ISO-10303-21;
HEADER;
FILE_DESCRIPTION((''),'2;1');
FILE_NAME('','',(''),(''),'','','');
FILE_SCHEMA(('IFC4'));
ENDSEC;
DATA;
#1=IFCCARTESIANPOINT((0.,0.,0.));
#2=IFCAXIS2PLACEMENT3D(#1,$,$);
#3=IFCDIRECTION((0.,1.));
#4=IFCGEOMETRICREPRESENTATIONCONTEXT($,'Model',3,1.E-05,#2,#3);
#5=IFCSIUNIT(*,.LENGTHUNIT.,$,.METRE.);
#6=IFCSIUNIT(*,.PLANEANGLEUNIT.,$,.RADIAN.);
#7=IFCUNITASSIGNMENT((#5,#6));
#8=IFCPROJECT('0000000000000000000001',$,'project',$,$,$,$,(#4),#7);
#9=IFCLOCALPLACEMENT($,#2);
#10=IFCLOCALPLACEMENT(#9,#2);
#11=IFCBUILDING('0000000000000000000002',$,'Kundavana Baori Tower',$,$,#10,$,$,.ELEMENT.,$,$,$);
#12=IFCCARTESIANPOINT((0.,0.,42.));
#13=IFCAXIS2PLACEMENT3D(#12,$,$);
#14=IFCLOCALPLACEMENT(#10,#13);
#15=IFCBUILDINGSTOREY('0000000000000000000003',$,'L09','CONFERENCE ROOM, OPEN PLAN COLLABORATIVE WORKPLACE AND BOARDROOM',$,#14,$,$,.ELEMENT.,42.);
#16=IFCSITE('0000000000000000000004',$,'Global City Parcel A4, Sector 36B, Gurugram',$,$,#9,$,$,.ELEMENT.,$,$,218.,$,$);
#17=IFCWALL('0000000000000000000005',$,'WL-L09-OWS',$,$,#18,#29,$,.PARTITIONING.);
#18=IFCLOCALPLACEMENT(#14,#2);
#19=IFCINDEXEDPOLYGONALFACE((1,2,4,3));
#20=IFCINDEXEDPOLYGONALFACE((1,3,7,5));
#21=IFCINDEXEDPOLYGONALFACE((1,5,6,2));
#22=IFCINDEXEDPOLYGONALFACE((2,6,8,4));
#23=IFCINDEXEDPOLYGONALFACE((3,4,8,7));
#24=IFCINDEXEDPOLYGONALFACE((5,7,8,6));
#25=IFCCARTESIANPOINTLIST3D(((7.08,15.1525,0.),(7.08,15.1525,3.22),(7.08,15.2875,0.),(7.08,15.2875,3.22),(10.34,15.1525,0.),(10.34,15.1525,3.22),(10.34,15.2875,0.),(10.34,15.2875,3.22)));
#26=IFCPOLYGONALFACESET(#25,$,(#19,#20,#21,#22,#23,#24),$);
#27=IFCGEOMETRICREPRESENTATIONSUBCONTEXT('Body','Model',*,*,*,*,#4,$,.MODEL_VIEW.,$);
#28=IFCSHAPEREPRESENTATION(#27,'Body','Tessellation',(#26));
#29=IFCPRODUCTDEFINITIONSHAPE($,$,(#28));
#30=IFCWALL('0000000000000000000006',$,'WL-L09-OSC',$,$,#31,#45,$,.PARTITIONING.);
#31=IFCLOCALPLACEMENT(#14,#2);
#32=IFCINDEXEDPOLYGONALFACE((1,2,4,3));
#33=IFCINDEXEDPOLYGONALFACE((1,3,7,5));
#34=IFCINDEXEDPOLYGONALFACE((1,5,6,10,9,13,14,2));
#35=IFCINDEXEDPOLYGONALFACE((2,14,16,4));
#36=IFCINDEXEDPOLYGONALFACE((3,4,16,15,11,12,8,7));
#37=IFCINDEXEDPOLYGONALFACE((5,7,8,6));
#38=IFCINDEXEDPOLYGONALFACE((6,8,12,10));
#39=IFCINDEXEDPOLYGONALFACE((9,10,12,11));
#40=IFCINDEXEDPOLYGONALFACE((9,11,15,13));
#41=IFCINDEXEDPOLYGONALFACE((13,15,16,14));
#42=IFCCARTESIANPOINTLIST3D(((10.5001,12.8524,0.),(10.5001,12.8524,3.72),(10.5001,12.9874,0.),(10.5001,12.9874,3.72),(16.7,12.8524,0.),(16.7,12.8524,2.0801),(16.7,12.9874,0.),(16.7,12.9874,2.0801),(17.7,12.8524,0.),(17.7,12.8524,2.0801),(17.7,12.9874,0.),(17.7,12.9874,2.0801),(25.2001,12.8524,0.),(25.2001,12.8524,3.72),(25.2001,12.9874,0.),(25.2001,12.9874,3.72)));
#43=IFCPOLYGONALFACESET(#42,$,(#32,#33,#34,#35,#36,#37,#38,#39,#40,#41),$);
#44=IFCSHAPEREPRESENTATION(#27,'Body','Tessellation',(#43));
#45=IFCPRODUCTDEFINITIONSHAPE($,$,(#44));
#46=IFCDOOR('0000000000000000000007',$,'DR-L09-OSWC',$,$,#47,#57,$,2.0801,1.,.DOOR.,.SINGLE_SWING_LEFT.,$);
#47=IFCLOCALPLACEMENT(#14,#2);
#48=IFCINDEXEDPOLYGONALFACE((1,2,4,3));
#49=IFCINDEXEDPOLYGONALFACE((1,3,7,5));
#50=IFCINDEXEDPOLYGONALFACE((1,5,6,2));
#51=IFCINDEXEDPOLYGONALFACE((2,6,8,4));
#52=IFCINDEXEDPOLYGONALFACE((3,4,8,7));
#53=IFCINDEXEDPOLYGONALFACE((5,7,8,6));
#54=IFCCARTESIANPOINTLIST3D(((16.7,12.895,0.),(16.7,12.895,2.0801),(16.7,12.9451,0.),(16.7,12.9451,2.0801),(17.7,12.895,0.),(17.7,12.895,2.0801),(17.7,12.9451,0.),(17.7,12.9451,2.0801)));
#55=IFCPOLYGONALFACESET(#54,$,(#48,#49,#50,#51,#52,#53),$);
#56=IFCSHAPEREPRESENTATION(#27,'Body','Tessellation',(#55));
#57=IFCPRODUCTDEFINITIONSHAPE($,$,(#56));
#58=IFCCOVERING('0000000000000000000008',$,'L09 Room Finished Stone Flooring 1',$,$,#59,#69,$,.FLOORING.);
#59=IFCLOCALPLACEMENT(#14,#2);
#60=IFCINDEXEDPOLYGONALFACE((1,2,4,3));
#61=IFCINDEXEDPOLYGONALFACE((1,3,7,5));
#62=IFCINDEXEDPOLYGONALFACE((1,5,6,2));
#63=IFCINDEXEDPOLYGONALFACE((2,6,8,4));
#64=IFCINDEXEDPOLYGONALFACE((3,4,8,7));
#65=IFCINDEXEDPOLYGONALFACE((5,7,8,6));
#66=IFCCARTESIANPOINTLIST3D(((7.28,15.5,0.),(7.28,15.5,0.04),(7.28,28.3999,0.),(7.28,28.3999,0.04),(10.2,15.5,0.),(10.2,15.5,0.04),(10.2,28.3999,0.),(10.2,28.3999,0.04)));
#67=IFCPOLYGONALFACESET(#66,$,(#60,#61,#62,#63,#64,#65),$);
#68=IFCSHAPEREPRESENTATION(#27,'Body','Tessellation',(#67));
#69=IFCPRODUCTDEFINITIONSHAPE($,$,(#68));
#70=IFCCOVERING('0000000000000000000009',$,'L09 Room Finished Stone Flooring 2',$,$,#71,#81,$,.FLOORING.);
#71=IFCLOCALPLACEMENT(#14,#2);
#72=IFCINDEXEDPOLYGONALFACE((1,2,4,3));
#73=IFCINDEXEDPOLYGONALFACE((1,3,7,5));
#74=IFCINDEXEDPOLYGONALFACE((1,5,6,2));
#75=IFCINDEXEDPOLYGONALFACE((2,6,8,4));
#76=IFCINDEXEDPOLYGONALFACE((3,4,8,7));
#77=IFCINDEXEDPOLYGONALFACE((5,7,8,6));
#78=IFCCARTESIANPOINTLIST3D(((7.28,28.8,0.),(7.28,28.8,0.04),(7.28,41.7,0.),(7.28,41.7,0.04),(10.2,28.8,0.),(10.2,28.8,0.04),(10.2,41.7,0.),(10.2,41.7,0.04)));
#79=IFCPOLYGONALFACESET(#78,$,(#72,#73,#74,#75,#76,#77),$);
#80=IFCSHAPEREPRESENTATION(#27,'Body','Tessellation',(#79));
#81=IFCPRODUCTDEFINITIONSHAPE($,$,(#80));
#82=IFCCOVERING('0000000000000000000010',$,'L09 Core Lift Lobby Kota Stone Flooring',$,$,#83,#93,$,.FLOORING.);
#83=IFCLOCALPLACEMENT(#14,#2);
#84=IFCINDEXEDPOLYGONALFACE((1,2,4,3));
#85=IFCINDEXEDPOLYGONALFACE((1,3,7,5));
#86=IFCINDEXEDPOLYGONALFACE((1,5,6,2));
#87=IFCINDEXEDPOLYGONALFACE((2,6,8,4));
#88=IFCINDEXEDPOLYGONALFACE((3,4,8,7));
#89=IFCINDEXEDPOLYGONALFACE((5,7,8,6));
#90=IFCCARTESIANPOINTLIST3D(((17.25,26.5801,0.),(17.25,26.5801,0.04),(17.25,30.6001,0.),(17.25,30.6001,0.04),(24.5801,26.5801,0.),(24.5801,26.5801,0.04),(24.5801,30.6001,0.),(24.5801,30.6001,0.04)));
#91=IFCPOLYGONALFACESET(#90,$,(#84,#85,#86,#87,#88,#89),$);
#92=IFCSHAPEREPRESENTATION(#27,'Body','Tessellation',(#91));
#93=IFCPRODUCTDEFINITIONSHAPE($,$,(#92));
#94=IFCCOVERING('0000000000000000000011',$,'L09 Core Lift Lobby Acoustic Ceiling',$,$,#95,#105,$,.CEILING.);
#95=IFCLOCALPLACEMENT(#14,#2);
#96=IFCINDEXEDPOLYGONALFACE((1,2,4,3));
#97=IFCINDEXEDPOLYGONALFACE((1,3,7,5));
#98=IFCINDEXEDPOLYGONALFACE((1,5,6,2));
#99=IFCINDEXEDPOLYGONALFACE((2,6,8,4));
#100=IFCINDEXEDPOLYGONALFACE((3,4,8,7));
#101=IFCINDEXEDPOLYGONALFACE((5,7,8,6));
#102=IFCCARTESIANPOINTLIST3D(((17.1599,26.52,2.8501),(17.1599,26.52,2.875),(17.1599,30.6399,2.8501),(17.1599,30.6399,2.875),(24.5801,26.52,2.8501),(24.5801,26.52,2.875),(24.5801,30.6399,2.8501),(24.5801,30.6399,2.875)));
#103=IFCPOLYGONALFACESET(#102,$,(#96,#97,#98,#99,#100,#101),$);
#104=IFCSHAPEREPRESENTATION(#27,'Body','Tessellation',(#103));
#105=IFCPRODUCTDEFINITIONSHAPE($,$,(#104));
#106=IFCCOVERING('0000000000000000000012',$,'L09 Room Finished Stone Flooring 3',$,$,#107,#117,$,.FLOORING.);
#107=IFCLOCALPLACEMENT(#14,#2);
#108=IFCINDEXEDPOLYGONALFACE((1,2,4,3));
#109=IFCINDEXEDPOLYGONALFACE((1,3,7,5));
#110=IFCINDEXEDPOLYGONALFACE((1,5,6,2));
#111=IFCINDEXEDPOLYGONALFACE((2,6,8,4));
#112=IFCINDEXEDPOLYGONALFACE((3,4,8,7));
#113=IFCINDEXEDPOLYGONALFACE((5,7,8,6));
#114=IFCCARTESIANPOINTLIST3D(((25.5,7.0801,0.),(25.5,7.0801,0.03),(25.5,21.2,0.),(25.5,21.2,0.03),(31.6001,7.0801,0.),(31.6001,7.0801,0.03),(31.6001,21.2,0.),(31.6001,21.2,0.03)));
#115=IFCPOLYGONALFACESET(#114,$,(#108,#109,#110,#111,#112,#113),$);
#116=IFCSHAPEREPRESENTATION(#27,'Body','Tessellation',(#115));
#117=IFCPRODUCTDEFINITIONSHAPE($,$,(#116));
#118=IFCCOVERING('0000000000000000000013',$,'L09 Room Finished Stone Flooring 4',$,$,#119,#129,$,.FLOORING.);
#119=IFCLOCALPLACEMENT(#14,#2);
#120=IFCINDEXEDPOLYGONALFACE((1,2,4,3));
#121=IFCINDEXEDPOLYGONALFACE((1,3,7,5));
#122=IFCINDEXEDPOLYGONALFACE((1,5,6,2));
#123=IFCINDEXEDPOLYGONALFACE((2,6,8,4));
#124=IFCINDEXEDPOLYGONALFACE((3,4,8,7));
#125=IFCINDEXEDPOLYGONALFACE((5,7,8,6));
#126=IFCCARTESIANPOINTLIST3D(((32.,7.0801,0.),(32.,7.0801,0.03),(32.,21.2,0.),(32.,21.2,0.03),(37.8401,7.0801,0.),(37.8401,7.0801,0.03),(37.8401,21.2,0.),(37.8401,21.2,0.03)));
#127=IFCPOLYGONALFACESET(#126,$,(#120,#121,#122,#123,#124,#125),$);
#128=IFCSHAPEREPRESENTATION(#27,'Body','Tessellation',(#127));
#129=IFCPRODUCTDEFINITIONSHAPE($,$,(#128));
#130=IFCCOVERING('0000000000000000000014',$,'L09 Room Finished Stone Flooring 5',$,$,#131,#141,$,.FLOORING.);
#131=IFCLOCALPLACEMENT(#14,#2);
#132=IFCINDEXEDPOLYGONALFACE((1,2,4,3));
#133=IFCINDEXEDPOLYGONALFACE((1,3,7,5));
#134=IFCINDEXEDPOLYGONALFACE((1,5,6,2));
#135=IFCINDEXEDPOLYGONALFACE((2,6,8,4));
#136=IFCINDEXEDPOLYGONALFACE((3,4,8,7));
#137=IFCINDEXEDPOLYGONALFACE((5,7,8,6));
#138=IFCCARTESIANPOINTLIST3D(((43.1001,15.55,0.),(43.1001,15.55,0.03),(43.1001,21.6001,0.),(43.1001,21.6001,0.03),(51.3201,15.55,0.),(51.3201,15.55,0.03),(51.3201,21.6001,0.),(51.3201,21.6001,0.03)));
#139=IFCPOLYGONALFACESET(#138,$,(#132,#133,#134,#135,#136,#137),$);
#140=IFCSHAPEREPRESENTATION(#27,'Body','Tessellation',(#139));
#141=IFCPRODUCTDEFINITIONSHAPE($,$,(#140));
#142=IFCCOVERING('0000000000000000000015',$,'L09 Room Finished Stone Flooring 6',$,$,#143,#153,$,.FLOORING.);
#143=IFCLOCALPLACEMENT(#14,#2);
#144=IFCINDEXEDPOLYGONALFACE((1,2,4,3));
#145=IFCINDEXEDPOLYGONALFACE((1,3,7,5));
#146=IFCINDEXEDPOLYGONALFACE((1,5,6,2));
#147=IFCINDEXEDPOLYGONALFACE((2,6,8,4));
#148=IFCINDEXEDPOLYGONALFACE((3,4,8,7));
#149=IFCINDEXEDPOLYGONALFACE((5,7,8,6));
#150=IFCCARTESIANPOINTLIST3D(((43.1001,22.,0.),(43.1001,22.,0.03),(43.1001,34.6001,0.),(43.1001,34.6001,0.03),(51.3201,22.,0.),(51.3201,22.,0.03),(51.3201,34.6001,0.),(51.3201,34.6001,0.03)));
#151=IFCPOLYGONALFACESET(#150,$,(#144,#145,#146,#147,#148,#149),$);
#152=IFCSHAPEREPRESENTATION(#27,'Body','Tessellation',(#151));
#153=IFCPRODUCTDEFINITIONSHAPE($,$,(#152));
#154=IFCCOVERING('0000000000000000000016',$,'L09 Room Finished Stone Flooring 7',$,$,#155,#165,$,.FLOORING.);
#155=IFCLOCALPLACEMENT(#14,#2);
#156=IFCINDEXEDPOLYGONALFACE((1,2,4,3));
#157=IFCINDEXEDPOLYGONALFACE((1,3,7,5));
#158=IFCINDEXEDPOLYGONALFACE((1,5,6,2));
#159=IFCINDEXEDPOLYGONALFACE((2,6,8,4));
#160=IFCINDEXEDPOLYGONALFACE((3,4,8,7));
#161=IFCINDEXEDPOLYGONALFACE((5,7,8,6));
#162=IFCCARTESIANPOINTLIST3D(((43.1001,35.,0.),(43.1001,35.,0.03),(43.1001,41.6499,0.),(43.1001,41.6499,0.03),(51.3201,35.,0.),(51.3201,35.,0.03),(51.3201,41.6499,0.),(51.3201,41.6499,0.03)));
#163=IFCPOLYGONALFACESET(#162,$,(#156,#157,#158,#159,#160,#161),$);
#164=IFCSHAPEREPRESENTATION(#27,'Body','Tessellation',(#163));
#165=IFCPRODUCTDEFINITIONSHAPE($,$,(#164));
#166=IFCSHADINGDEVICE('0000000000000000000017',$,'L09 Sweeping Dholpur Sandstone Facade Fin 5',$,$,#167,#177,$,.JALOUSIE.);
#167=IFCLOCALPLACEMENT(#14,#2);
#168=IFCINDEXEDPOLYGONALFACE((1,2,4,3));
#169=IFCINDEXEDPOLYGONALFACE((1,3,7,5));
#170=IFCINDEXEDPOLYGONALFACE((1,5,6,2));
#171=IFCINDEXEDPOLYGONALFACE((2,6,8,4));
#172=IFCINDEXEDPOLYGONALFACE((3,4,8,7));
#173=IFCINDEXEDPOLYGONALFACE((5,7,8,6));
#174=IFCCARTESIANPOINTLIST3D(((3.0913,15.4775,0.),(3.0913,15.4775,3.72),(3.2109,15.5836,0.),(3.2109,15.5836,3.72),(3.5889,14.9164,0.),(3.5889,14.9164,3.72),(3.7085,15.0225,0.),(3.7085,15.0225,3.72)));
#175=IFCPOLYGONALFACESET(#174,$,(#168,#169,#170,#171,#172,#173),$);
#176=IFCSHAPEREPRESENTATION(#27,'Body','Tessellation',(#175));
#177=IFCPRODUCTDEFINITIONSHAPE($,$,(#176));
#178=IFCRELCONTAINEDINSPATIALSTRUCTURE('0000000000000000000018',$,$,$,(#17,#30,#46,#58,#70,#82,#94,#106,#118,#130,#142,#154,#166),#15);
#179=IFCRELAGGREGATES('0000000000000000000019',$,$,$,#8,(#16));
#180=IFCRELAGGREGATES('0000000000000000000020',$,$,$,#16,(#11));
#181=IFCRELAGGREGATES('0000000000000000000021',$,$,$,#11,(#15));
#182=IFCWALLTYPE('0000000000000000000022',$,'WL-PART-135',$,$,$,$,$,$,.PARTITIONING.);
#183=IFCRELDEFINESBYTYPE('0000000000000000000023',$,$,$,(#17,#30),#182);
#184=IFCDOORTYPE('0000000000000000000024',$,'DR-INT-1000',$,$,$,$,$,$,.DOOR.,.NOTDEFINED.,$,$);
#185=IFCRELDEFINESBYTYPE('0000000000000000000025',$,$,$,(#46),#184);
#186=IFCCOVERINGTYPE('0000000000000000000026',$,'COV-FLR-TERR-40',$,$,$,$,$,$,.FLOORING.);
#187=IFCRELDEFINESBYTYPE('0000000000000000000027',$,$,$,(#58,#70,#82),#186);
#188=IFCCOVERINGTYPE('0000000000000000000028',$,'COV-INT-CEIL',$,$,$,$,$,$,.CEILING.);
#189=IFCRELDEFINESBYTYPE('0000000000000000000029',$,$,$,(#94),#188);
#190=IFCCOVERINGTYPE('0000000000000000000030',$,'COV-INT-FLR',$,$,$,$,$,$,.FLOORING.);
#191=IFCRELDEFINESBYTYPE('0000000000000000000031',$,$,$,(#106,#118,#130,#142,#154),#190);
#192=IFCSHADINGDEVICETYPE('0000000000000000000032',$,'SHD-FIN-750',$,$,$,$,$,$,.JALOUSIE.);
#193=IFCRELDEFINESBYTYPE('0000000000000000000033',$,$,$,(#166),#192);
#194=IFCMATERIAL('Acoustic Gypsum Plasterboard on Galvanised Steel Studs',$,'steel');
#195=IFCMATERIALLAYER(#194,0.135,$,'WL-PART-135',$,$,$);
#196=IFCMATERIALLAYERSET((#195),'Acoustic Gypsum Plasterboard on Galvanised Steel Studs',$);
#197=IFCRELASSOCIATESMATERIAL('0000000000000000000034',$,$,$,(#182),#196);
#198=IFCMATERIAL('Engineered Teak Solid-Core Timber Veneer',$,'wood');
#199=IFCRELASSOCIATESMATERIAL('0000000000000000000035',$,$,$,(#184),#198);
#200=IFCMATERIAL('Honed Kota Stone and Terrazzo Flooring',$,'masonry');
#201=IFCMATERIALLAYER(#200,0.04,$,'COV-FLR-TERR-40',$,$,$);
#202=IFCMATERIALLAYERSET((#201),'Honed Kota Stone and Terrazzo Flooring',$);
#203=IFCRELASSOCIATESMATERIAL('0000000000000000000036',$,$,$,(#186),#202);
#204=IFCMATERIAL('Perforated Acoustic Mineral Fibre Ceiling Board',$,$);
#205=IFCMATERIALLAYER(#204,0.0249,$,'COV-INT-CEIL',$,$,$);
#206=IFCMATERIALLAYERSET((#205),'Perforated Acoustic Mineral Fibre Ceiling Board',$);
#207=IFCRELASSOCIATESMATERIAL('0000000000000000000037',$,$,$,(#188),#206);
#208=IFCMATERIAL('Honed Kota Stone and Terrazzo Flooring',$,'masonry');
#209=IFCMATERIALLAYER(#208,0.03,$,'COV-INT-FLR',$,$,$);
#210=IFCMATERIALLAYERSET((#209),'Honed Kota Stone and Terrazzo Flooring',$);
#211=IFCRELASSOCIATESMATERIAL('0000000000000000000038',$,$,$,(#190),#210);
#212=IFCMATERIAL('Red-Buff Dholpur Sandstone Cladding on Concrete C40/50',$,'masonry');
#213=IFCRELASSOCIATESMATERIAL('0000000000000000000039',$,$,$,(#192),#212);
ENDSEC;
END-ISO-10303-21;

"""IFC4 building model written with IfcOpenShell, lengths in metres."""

from ifc_helpers import new_model, si_unit, direction, frame, frame_2d, origin, origin_2d, place, context, subcontext, project, spatial, polyline, rectangle, outline, extrude, material, layer, layer_set, type_object, element, fill, save


model = new_model("IFC4")

# Units and contexts
model_context = context("Model", 3, precision=1e-05, world=origin(), true_north=direction((0.0, 1.0)))
body_context = subcontext(model_context, "Body", "Model", "MODEL_VIEW")
ifc_project = project(units=[si_unit("LENGTHUNIT", "METRE"), si_unit("PLANEANGLEUNIT", "RADIAN")], contexts=[model_context])

# Site, building, storey
site_placement = place(None, origin())
site = spatial("IfcSite", under=ifc_project, at=site_placement, Name="Global City Parcel A4, Sector 36B, Gurugram", CompositionType="ELEMENT", RefElevation=218.0)
building_placement = place(site_placement, origin())
building = spatial("IfcBuilding", under=site, at=building_placement, Name="Kundavana Baori Tower", CompositionType="ELEMENT")
storey_placement = place(building_placement, frame((0.0, 0.0, 42.0)))
storey = spatial("IfcBuildingStorey", under=building, at=storey_placement, Name="L09", Description="CONFERENCE ROOM, OPEN PLAN COLLABORATIVE WORKPLACE AND BOARDROOM", CompositionType="ELEMENT", Elevation=42.0)

# Shared definitions
ifc_material_1 = material(Name="Acoustic Gypsum Plasterboard on Galvanised Steel Studs", Category="steel")
ifc_layer_1 = layer(ifc_material_1, 0.135, Name="WL-PART-135")
ifc_layer_set_1 = layer_set([ifc_layer_1], Name="Acoustic Gypsum Plasterboard on Galvanised Steel Studs")
wall_type_1 = type_object("IfcWallType", Name="WL-PART-135", PredefinedType="PARTITIONING", material=ifc_layer_set_1)

# Wall
wall_1_placement = place(storey_placement, frame((7.0801, 15.22, 0.0), z_axis=(0.0, 0.0, 1.0), x_axis=(1.0, 0.0, 0.0)))
element("IfcWall", 1, at=wall_1_placement, inside=storey, type_object=wall_type_1, Name="WL-L09-OWS", PredefinedType="PARTITIONING", context=body_context, shape_type="SweptSolid", body=[
    extrude(rectangle(XDim=3.26, YDim=0.135, at=frame_2d((1.6299, 0.0))), origin(), (0.0, 0.0, 1.0), 3.22),
])

# Wall, opening, door
wall_2_placement = place(storey_placement, frame((10.5, 12.9199, 0.0), z_axis=(0.0, 0.0, 1.0), x_axis=(1.0, 0.0, 0.0)))
wall_2 = element("IfcWall", 2, at=wall_2_placement, inside=storey, type_object=wall_type_1, Name="WL-L09-OSC", PredefinedType="PARTITIONING", context=body_context, shape_type="SweptSolid", body=[
    extrude(rectangle(XDim=14.7, YDim=0.135, at=frame_2d((7.3501, 0.0))), origin(), (0.0, 0.0, 1.0), 3.72),
])
opening_1_placement = place(wall_2_placement, frame((6.2, 0.0, 0.0)))
opening_1 = element("IfcOpeningElement", 3, at=opening_1_placement, cuts=wall_2, PredefinedType="OPENING", context=body_context, shape_type="SweptSolid", body=[
    extrude(rectangle(XDim=1.0, YDim=2.0801, at=frame_2d((0.5, 1.04))), frame((0.0, 0.0776, 0.0), z_axis=(0.0, -1.0, 0.0), x_axis=(1.0, 0.0, 0.0)), (0.0, 0.0, 1.0), 0.155),
])
ifc_material_2 = material(Name="Engineered Teak Solid-Core Timber Veneer", Category="wood")
door_type_1 = type_object("IfcDoorType", Name="DR-INT-1000", OperationType="NOTDEFINED", PredefinedType="DOOR", material=ifc_material_2)
door_1_placement = place(opening_1_placement, frame((1.0, 0.0, 0.0), z_axis=(0.0, 0.0, 1.0), x_axis=(-1.0, 0.0, 0.0)))
door_1 = element("IfcDoor", 4, at=door_1_placement, inside=storey, type_object=door_type_1, Name="DR-L09-OSWC", OperationType="SINGLE_SWING_LEFT", OverallHeight=2.0801, OverallWidth=1.0, PredefinedType="DOOR", context=body_context, shape_type="SweptSolid", body=[
    extrude(rectangle(XDim=1.0, YDim=2.0801, at=frame_2d((0.5, 1.04))), frame((0.0, 0.0249, 0.0), z_axis=(0.0, -1.0, 0.0), x_axis=(1.0, 0.0, 0.0)), (0.0, 0.0, 1.0), 0.05),
])
fill(opening_1, door_1)

# Coverings
ifc_material_3 = material(Name="Honed Kota Stone and Terrazzo Flooring", Category="masonry")
ifc_layer_2 = layer(ifc_material_3, 0.04, Name="COV-FLR-TERR-40")
ifc_layer_set_2 = layer_set([ifc_layer_2], Name="Honed Kota Stone and Terrazzo Flooring")
covering_type_1 = type_object("IfcCoveringType", Name="COV-FLR-TERR-40", PredefinedType="FLOORING", material=ifc_layer_set_2)
covering_1_placement = place(storey_placement, origin())
element("IfcCovering", 5, at=covering_1_placement, inside=storey, type_object=covering_type_1, Name="L09 Room Finished Stone Flooring 1", PredefinedType="FLOORING", context=body_context, shape_type="SweptSolid", body=[
    extrude(outline(polyline([(7.28, 15.5), (10.2, 15.5), (10.2, 28.3999), (7.28, 28.3999), (7.28, 15.5)])), origin(), (0.0, 0.0, 1.0), 0.04),
])
covering_2_placement = place(storey_placement, origin())
element("IfcCovering", 6, at=covering_2_placement, inside=storey, type_object=covering_type_1, Name="L09 Room Finished Stone Flooring 2", PredefinedType="FLOORING", context=body_context, shape_type="SweptSolid", body=[
    extrude(outline(polyline([(7.28, 28.8), (10.2, 28.8), (10.2, 41.7), (7.28, 41.7), (7.28, 28.8)])), origin(), (0.0, 0.0, 1.0), 0.04),
])
covering_3_placement = place(storey_placement, origin())
element("IfcCovering", 7, at=covering_3_placement, inside=storey, type_object=covering_type_1, Name="L09 Core Lift Lobby Kota Stone Flooring", PredefinedType="FLOORING", context=body_context, shape_type="SweptSolid", body=[
    extrude(outline(polyline([(17.25, 26.5801), (24.5801, 26.5801), (24.5801, 30.6001), (17.25, 30.6001), (17.25, 26.5801)])), origin(), (0.0, 0.0, 1.0), 0.04),
])
ifc_material_4 = material(Name="Perforated Acoustic Mineral Fibre Ceiling Board")
ifc_layer_3 = layer(ifc_material_4, 0.0249, Name="COV-INT-CEIL")
ifc_layer_set_3 = layer_set([ifc_layer_3], Name="Perforated Acoustic Mineral Fibre Ceiling Board")
covering_type_2 = type_object("IfcCoveringType", Name="COV-INT-CEIL", PredefinedType="CEILING", material=ifc_layer_set_3)
covering_4_placement = place(storey_placement, frame((0.0, 0.0, 2.8501)))
element("IfcCovering", 8, at=covering_4_placement, inside=storey, type_object=covering_type_2, Name="L09 Core Lift Lobby Acoustic Ceiling", PredefinedType="CEILING", context=body_context, shape_type="SweptSolid", body=[
    extrude(outline(polyline([(17.1599, 26.52), (24.5801, 26.52), (24.5801, 30.6399), (17.1599, 30.6399), (17.1599, 26.52)])), origin(), (0.0, 0.0, 1.0), 0.0249),
])
ifc_material_5 = material(Name="Honed Kota Stone and Terrazzo Flooring", Category="masonry")
ifc_layer_4 = layer(ifc_material_5, 0.03, Name="COV-INT-FLR")
ifc_layer_set_4 = layer_set([ifc_layer_4], Name="Honed Kota Stone and Terrazzo Flooring")
covering_type_3 = type_object("IfcCoveringType", Name="COV-INT-FLR", PredefinedType="FLOORING", material=ifc_layer_set_4)
covering_5_placement = place(storey_placement, origin())
element("IfcCovering", 9, at=covering_5_placement, inside=storey, type_object=covering_type_3, Name="L09 Room Finished Stone Flooring 3", PredefinedType="FLOORING", context=body_context, shape_type="SweptSolid", body=[
    extrude(outline(polyline([(25.5, 7.0801), (31.6001, 7.0801), (31.6001, 21.2), (25.5, 21.2), (25.5, 7.0801)])), origin(), (0.0, 0.0, 1.0), 0.03),
])
covering_6_placement = place(storey_placement, origin())
element("IfcCovering", 10, at=covering_6_placement, inside=storey, type_object=covering_type_3, Name="L09 Room Finished Stone Flooring 4", PredefinedType="FLOORING", context=body_context, shape_type="SweptSolid", body=[
    extrude(outline(polyline([(32.0, 7.0801), (37.8401, 7.0801), (37.8401, 21.2), (32.0, 21.2), (32.0, 7.0801)])), origin(), (0.0, 0.0, 1.0), 0.03),
])
covering_7_placement = place(storey_placement, origin())
element("IfcCovering", 11, at=covering_7_placement, inside=storey, type_object=covering_type_3, Name="L09 Room Finished Stone Flooring 5", PredefinedType="FLOORING", context=body_context, shape_type="SweptSolid", body=[
    extrude(outline(polyline([(43.1001, 15.55), (51.3201, 15.55), (51.3201, 21.6001), (43.1001, 21.6001), (43.1001, 15.55)])), origin(), (0.0, 0.0, 1.0), 0.03),
])
covering_8_placement = place(storey_placement, origin())
element("IfcCovering", 12, at=covering_8_placement, inside=storey, type_object=covering_type_3, Name="L09 Room Finished Stone Flooring 6", PredefinedType="FLOORING", context=body_context, shape_type="SweptSolid", body=[
    extrude(outline(polyline([(43.1001, 22.0), (51.3201, 22.0), (51.3201, 34.6001), (43.1001, 34.6001), (43.1001, 22.0)])), origin(), (0.0, 0.0, 1.0), 0.03),
])
covering_9_placement = place(storey_placement, origin())
element("IfcCovering", 13, at=covering_9_placement, inside=storey, type_object=covering_type_3, Name="L09 Room Finished Stone Flooring 7", PredefinedType="FLOORING", context=body_context, shape_type="SweptSolid", body=[
    extrude(outline(polyline([(43.1001, 35.0), (51.3201, 35.0), (51.3201, 41.6499), (43.1001, 41.6499), (43.1001, 35.0)])), origin(), (0.0, 0.0, 1.0), 0.03),
])

# Shading device
ifc_material_6 = material(Name="Red-Buff Dholpur Sandstone Cladding on Concrete C40/50", Category="masonry")
shading_device_type_1 = type_object("IfcShadingDeviceType", Name="SHD-FIN-750", PredefinedType="JALOUSIE", material=ifc_material_6)
shading_device_1_placement = place(storey_placement, frame((3.3999, 15.25, 0.0), z_axis=(0.0, 0.0, 1.0), x_axis=(0.748146, 0.663535, 0.0)))
element("IfcShadingDevice", 14, at=shading_device_1_placement, inside=storey, type_object=shading_device_type_1, Name="L09 Sweeping Dholpur Sandstone Facade Fin 5", PredefinedType="JALOUSIE", context=body_context, shape_type="SweptSolid", body=[
    extrude(rectangle(XDim=0.1599, YDim=0.75, at=origin_2d()), origin(), (0.0, 0.0, 1.0), 3.72),
])

save(model, "model.ifc")
